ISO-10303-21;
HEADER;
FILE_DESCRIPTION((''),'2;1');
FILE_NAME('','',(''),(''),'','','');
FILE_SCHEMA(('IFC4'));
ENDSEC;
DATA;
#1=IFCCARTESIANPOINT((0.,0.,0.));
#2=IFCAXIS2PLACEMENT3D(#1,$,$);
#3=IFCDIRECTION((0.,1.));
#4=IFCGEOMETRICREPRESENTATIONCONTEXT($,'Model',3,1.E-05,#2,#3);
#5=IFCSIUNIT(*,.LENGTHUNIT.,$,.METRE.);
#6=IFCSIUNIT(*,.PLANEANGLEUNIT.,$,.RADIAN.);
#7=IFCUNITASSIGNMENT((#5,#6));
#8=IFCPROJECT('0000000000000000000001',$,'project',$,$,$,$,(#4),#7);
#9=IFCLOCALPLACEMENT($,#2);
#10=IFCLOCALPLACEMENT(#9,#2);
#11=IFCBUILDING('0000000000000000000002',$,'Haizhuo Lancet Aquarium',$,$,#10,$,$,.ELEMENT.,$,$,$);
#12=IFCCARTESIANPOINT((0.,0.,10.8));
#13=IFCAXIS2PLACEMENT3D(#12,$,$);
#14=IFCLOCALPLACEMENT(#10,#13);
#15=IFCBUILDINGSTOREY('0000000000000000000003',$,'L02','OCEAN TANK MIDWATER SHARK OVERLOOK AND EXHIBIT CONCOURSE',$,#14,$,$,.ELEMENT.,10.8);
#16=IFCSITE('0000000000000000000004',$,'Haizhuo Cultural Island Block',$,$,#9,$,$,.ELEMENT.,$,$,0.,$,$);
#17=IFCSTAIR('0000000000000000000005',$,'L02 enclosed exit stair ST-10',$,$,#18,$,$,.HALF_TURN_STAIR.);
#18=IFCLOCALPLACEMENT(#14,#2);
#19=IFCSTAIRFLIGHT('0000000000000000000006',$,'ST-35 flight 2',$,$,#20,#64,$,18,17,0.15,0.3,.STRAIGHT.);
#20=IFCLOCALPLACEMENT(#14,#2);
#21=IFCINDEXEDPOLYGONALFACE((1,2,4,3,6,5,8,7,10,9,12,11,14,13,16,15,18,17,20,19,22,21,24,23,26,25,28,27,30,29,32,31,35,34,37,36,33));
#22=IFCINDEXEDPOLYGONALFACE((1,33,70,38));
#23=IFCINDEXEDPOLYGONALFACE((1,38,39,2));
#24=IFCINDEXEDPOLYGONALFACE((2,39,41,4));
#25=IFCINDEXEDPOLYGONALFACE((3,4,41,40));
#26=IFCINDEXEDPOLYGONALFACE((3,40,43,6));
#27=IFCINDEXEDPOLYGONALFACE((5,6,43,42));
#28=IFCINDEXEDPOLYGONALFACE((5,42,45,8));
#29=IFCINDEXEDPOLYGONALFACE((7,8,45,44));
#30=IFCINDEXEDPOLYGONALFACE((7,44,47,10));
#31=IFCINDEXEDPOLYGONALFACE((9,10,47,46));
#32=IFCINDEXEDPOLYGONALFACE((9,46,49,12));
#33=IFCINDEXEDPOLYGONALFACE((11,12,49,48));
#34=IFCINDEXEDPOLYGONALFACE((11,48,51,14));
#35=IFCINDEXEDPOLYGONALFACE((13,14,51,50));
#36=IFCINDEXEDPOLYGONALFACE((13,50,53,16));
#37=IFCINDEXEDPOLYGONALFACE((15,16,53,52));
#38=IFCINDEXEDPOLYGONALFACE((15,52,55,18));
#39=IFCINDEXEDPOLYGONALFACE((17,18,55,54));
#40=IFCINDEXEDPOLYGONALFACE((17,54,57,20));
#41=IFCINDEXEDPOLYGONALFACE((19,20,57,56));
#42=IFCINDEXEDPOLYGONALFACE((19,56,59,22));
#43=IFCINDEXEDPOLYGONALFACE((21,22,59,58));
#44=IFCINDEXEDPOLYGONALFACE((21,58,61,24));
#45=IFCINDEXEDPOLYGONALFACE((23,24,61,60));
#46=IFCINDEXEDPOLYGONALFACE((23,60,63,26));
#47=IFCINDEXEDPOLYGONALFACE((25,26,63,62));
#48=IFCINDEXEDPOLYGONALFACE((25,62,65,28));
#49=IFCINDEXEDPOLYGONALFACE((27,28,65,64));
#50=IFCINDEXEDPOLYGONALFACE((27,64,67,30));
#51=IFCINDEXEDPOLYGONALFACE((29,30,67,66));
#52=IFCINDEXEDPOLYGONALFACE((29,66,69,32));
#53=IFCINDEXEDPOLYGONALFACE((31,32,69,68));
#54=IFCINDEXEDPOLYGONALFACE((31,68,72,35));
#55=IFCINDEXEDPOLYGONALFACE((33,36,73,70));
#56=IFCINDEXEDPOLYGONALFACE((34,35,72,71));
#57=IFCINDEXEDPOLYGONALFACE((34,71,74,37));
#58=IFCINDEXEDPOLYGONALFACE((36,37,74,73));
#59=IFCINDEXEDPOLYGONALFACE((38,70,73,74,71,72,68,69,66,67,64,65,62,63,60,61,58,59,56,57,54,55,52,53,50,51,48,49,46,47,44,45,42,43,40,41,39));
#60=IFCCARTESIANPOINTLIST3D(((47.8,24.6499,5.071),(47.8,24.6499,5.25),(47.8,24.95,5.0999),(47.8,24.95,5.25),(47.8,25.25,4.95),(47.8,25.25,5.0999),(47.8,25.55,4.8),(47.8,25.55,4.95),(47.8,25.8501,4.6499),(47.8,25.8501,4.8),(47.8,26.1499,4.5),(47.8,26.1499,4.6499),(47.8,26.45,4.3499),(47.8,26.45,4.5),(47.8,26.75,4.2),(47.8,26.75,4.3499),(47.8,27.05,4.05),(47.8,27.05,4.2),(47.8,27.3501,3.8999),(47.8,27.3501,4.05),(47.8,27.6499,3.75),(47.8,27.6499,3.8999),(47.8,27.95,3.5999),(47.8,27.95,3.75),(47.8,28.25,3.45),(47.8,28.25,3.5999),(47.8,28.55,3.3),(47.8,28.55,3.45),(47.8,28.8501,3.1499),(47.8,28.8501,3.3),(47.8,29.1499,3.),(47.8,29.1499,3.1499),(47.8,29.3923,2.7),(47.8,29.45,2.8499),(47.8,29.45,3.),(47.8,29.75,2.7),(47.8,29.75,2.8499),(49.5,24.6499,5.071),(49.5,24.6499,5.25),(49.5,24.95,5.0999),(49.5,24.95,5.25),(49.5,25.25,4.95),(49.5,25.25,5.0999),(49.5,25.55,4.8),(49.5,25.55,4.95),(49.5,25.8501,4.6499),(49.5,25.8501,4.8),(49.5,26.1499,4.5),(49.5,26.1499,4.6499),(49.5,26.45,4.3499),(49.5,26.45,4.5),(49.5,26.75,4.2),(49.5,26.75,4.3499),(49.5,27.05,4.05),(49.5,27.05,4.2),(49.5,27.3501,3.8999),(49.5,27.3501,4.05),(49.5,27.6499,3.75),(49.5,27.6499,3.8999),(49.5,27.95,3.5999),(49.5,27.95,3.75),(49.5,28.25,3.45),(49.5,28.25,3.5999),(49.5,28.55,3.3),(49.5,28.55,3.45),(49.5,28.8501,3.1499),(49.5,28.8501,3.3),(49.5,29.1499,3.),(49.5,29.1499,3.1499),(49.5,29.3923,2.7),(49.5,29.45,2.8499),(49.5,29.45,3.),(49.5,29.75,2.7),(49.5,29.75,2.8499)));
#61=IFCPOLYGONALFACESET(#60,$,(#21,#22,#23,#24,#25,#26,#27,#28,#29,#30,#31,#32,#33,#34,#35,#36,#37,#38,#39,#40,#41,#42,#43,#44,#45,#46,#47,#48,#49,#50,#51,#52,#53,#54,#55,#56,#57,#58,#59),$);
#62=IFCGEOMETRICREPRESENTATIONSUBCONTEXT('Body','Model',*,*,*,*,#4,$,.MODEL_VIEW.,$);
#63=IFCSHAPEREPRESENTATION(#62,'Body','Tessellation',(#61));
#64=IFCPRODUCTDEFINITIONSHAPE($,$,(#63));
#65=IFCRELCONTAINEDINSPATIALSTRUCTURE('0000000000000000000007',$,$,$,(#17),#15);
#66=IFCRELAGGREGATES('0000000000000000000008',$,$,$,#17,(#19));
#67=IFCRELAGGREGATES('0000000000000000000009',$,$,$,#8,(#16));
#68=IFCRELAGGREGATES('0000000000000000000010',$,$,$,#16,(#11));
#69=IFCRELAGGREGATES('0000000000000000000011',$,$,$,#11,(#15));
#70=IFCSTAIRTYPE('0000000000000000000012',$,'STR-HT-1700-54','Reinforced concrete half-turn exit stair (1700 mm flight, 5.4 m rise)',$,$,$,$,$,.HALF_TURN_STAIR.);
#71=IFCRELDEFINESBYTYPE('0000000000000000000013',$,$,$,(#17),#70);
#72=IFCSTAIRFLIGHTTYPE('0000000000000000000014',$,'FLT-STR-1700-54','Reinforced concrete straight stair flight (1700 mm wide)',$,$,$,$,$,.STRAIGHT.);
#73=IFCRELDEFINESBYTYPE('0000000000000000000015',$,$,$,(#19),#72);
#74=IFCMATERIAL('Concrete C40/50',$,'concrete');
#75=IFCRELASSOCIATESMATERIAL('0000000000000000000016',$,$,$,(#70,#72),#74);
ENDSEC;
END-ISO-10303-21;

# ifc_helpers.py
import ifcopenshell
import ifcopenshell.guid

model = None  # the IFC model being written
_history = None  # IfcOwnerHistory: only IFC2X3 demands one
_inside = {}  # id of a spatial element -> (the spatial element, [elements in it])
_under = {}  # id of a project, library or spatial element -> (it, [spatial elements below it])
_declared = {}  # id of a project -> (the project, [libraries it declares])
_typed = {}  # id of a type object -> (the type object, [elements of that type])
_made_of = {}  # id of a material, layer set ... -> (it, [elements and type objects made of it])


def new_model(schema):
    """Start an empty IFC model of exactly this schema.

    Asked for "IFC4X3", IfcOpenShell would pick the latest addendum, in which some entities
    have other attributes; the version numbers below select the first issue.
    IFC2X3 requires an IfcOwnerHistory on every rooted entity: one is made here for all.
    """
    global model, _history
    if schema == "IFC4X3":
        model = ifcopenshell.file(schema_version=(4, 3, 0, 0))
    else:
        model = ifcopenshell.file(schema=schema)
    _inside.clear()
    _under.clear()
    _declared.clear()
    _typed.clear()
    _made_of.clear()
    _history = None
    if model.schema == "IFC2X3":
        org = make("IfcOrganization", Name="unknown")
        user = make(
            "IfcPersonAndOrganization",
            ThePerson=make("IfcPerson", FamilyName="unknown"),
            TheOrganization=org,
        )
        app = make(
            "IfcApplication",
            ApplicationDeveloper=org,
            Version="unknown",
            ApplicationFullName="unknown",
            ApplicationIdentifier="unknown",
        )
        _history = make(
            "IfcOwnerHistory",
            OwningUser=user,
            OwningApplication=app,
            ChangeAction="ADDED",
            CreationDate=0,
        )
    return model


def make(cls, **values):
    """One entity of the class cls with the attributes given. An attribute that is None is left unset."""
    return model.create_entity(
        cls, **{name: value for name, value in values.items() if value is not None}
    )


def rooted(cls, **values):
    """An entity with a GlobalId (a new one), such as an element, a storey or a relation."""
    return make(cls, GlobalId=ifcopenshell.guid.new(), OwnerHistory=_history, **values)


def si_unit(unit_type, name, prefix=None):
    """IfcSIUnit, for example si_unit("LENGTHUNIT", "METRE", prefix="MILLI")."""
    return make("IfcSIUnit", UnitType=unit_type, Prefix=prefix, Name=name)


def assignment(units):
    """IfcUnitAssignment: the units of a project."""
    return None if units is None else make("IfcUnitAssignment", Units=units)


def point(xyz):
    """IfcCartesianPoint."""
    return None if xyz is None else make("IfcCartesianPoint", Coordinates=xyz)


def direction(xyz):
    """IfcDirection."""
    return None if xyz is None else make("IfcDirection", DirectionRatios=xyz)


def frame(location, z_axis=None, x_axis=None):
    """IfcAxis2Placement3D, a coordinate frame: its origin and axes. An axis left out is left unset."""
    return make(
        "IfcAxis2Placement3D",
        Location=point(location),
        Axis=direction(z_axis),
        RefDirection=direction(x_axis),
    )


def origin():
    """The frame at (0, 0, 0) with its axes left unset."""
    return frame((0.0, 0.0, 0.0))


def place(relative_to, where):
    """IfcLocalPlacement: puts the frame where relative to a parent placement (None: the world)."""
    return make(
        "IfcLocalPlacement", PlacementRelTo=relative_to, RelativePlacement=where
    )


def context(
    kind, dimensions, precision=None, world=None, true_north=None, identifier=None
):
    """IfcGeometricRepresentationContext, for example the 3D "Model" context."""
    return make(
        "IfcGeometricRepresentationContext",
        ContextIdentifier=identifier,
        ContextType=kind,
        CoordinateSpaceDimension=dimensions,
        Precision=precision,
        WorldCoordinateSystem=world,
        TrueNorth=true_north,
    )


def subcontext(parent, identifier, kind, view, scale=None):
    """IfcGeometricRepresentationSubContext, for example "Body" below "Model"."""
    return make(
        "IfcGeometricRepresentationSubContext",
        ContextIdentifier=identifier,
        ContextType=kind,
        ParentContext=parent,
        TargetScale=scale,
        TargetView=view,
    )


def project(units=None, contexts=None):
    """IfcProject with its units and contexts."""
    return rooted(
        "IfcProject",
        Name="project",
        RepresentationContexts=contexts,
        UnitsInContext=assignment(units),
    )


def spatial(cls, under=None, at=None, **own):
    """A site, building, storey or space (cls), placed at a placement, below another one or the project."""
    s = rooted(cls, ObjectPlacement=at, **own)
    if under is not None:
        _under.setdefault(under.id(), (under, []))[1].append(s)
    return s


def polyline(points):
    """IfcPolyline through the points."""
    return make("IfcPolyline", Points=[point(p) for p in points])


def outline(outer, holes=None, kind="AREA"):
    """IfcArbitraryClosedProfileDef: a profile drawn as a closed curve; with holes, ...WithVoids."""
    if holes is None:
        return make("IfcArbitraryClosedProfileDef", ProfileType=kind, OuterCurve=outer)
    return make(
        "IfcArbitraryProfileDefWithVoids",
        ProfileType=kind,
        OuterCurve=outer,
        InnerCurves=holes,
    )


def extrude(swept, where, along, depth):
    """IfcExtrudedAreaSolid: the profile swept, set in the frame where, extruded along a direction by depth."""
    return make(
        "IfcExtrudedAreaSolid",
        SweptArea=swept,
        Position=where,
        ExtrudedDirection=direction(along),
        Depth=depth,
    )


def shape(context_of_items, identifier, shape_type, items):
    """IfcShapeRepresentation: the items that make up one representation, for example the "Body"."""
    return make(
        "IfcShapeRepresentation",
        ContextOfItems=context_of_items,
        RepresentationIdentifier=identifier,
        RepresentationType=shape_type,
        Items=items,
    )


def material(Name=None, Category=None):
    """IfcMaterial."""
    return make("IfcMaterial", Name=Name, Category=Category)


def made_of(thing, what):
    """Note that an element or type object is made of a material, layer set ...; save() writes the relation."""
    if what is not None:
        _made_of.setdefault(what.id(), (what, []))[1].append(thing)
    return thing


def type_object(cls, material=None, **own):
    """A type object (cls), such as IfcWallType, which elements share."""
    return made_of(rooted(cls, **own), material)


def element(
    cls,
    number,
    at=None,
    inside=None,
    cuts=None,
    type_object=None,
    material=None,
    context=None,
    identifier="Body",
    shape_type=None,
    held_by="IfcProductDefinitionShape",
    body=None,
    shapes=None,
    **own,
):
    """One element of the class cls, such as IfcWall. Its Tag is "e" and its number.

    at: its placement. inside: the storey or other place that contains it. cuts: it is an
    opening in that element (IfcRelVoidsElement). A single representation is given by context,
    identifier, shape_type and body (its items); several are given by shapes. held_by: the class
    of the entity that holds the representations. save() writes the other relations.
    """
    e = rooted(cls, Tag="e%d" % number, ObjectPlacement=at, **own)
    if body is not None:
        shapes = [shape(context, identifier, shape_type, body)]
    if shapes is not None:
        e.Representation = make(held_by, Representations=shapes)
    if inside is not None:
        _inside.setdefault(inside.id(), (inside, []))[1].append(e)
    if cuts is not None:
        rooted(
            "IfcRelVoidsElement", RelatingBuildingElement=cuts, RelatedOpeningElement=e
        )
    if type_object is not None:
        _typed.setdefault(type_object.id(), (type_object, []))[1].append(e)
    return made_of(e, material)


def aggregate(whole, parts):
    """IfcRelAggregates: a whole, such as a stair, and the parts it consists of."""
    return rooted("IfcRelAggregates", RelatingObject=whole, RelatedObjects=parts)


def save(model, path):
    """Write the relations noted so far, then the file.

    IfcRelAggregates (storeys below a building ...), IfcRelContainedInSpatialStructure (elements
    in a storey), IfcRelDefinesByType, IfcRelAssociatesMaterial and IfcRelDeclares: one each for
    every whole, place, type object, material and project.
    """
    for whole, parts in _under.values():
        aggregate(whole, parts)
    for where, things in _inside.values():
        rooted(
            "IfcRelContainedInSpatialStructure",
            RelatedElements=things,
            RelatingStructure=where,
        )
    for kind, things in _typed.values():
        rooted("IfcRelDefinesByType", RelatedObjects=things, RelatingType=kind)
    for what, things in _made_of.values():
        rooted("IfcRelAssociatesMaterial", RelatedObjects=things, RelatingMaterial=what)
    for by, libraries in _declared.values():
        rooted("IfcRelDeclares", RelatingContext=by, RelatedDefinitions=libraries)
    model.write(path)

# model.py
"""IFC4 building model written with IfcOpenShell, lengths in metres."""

from ifc_helpers import new_model, si_unit, direction, frame, origin, place, context, subcontext, project, spatial, polyline, outline, extrude, material, type_object, element, aggregate, save


model = new_model("IFC4")

# Units and contexts
model_context = context("Model", 3, precision=1e-05, world=origin(), true_north=direction((0.0, 1.0)))
body_context = subcontext(model_context, "Body", "Model", "MODEL_VIEW")
ifc_project = project(units=[si_unit("LENGTHUNIT", "METRE"), si_unit("PLANEANGLEUNIT", "RADIAN")], contexts=[model_context])

# Site, building, storey
site_placement = place(None, origin())
site = spatial("IfcSite", under=ifc_project, at=site_placement, Name="Haizhuo Cultural Island Block", CompositionType="ELEMENT", RefElevation=0.0)
building_placement = place(site_placement, origin())
building = spatial("IfcBuilding", under=site, at=building_placement, Name="Haizhuo Lancet Aquarium", CompositionType="ELEMENT")
storey_placement = place(building_placement, frame((0.0, 0.0, 10.8)))
storey = spatial("IfcBuildingStorey", under=building, at=storey_placement, Name="L02", Description="OCEAN TANK MIDWATER SHARK OVERLOOK AND EXHIBIT CONCOURSE", CompositionType="ELEMENT", Elevation=10.8)

# Shared definitions
ifc_material_1 = material(Name="Concrete C40/50", Category="concrete")

# Stair, stair flight
stair_type = type_object("IfcStairType", Name="STR-HT-1700-54", Description="Reinforced concrete half-turn exit stair (1700 mm flight, 5.4 m rise)", PredefinedType="HALF_TURN_STAIR", material=ifc_material_1)
stair_placement = place(storey_placement, origin())
stair = element("IfcStair", 1, at=stair_placement, inside=storey, type_object=stair_type, Name="L02 enclosed exit stair ST-10", PredefinedType="HALF_TURN_STAIR")
stair_flight_type = type_object("IfcStairFlightType", Name="FLT-STR-1700-54", Description="Reinforced concrete straight stair flight (1700 mm wide)", PredefinedType="STRAIGHT", material=ifc_material_1)
stair_flight_1_placement = place(storey_placement, frame((48.6499, 29.75, 2.7), z_axis=(0.0, 0.0, 1.0), x_axis=(0.0, -1.0, 0.0)))
stair_flight_1 = element("IfcStairFlight", 2, at=stair_flight_1_placement, type_object=stair_flight_type, Name="ST-35 flight 2", NumberOfRisers=18, NumberOfTreads=17, PredefinedType="STRAIGHT", RiserHeight=0.15, TreadLength=0.3, context=body_context, shape_type="SweptSolid", body=[
    extrude(outline(polyline([(0.0, 0.0), (0.0, 0.1499), (0.3, 0.1499), (0.3, 0.3), (0.6001, 0.3), (0.6001, 0.45), (0.8999, 0.45), (0.8999, 0.6001), (1.2, 0.6001), (1.2, 0.75), (1.5, 0.75), (1.5, 0.8999), (1.8, 0.8999), (1.8, 1.05), (2.1001, 1.05), (2.1001, 1.2), (2.3999, 1.2), (2.3999, 1.3501), (2.7, 1.3501), (2.7, 1.5), (3.0, 1.5), (3.0, 1.6499), (3.3, 1.6499), (3.3, 1.8), (3.6001, 1.8), (3.6001, 1.95), (3.8999, 1.95), (3.8999, 2.1001), (4.2, 2.1001), (4.2, 2.25), (4.5, 2.25), (4.5, 2.3999), (4.8, 2.3999), (4.8, 2.55), (5.1001, 2.55), (5.1001, 2.7), (5.1001, 2.3711), (0.3577, 0.0), (0.0, 0.0)])), frame((0.0, 0.8501, 0.0), z_axis=(0.0, -1.0, 0.0), x_axis=(1.0, 0.0, 0.0)), (0.0, 0.0, 1.0), 1.7),
])
aggregate(stair, [stair_flight_1])

save(model, "model.ifc")
